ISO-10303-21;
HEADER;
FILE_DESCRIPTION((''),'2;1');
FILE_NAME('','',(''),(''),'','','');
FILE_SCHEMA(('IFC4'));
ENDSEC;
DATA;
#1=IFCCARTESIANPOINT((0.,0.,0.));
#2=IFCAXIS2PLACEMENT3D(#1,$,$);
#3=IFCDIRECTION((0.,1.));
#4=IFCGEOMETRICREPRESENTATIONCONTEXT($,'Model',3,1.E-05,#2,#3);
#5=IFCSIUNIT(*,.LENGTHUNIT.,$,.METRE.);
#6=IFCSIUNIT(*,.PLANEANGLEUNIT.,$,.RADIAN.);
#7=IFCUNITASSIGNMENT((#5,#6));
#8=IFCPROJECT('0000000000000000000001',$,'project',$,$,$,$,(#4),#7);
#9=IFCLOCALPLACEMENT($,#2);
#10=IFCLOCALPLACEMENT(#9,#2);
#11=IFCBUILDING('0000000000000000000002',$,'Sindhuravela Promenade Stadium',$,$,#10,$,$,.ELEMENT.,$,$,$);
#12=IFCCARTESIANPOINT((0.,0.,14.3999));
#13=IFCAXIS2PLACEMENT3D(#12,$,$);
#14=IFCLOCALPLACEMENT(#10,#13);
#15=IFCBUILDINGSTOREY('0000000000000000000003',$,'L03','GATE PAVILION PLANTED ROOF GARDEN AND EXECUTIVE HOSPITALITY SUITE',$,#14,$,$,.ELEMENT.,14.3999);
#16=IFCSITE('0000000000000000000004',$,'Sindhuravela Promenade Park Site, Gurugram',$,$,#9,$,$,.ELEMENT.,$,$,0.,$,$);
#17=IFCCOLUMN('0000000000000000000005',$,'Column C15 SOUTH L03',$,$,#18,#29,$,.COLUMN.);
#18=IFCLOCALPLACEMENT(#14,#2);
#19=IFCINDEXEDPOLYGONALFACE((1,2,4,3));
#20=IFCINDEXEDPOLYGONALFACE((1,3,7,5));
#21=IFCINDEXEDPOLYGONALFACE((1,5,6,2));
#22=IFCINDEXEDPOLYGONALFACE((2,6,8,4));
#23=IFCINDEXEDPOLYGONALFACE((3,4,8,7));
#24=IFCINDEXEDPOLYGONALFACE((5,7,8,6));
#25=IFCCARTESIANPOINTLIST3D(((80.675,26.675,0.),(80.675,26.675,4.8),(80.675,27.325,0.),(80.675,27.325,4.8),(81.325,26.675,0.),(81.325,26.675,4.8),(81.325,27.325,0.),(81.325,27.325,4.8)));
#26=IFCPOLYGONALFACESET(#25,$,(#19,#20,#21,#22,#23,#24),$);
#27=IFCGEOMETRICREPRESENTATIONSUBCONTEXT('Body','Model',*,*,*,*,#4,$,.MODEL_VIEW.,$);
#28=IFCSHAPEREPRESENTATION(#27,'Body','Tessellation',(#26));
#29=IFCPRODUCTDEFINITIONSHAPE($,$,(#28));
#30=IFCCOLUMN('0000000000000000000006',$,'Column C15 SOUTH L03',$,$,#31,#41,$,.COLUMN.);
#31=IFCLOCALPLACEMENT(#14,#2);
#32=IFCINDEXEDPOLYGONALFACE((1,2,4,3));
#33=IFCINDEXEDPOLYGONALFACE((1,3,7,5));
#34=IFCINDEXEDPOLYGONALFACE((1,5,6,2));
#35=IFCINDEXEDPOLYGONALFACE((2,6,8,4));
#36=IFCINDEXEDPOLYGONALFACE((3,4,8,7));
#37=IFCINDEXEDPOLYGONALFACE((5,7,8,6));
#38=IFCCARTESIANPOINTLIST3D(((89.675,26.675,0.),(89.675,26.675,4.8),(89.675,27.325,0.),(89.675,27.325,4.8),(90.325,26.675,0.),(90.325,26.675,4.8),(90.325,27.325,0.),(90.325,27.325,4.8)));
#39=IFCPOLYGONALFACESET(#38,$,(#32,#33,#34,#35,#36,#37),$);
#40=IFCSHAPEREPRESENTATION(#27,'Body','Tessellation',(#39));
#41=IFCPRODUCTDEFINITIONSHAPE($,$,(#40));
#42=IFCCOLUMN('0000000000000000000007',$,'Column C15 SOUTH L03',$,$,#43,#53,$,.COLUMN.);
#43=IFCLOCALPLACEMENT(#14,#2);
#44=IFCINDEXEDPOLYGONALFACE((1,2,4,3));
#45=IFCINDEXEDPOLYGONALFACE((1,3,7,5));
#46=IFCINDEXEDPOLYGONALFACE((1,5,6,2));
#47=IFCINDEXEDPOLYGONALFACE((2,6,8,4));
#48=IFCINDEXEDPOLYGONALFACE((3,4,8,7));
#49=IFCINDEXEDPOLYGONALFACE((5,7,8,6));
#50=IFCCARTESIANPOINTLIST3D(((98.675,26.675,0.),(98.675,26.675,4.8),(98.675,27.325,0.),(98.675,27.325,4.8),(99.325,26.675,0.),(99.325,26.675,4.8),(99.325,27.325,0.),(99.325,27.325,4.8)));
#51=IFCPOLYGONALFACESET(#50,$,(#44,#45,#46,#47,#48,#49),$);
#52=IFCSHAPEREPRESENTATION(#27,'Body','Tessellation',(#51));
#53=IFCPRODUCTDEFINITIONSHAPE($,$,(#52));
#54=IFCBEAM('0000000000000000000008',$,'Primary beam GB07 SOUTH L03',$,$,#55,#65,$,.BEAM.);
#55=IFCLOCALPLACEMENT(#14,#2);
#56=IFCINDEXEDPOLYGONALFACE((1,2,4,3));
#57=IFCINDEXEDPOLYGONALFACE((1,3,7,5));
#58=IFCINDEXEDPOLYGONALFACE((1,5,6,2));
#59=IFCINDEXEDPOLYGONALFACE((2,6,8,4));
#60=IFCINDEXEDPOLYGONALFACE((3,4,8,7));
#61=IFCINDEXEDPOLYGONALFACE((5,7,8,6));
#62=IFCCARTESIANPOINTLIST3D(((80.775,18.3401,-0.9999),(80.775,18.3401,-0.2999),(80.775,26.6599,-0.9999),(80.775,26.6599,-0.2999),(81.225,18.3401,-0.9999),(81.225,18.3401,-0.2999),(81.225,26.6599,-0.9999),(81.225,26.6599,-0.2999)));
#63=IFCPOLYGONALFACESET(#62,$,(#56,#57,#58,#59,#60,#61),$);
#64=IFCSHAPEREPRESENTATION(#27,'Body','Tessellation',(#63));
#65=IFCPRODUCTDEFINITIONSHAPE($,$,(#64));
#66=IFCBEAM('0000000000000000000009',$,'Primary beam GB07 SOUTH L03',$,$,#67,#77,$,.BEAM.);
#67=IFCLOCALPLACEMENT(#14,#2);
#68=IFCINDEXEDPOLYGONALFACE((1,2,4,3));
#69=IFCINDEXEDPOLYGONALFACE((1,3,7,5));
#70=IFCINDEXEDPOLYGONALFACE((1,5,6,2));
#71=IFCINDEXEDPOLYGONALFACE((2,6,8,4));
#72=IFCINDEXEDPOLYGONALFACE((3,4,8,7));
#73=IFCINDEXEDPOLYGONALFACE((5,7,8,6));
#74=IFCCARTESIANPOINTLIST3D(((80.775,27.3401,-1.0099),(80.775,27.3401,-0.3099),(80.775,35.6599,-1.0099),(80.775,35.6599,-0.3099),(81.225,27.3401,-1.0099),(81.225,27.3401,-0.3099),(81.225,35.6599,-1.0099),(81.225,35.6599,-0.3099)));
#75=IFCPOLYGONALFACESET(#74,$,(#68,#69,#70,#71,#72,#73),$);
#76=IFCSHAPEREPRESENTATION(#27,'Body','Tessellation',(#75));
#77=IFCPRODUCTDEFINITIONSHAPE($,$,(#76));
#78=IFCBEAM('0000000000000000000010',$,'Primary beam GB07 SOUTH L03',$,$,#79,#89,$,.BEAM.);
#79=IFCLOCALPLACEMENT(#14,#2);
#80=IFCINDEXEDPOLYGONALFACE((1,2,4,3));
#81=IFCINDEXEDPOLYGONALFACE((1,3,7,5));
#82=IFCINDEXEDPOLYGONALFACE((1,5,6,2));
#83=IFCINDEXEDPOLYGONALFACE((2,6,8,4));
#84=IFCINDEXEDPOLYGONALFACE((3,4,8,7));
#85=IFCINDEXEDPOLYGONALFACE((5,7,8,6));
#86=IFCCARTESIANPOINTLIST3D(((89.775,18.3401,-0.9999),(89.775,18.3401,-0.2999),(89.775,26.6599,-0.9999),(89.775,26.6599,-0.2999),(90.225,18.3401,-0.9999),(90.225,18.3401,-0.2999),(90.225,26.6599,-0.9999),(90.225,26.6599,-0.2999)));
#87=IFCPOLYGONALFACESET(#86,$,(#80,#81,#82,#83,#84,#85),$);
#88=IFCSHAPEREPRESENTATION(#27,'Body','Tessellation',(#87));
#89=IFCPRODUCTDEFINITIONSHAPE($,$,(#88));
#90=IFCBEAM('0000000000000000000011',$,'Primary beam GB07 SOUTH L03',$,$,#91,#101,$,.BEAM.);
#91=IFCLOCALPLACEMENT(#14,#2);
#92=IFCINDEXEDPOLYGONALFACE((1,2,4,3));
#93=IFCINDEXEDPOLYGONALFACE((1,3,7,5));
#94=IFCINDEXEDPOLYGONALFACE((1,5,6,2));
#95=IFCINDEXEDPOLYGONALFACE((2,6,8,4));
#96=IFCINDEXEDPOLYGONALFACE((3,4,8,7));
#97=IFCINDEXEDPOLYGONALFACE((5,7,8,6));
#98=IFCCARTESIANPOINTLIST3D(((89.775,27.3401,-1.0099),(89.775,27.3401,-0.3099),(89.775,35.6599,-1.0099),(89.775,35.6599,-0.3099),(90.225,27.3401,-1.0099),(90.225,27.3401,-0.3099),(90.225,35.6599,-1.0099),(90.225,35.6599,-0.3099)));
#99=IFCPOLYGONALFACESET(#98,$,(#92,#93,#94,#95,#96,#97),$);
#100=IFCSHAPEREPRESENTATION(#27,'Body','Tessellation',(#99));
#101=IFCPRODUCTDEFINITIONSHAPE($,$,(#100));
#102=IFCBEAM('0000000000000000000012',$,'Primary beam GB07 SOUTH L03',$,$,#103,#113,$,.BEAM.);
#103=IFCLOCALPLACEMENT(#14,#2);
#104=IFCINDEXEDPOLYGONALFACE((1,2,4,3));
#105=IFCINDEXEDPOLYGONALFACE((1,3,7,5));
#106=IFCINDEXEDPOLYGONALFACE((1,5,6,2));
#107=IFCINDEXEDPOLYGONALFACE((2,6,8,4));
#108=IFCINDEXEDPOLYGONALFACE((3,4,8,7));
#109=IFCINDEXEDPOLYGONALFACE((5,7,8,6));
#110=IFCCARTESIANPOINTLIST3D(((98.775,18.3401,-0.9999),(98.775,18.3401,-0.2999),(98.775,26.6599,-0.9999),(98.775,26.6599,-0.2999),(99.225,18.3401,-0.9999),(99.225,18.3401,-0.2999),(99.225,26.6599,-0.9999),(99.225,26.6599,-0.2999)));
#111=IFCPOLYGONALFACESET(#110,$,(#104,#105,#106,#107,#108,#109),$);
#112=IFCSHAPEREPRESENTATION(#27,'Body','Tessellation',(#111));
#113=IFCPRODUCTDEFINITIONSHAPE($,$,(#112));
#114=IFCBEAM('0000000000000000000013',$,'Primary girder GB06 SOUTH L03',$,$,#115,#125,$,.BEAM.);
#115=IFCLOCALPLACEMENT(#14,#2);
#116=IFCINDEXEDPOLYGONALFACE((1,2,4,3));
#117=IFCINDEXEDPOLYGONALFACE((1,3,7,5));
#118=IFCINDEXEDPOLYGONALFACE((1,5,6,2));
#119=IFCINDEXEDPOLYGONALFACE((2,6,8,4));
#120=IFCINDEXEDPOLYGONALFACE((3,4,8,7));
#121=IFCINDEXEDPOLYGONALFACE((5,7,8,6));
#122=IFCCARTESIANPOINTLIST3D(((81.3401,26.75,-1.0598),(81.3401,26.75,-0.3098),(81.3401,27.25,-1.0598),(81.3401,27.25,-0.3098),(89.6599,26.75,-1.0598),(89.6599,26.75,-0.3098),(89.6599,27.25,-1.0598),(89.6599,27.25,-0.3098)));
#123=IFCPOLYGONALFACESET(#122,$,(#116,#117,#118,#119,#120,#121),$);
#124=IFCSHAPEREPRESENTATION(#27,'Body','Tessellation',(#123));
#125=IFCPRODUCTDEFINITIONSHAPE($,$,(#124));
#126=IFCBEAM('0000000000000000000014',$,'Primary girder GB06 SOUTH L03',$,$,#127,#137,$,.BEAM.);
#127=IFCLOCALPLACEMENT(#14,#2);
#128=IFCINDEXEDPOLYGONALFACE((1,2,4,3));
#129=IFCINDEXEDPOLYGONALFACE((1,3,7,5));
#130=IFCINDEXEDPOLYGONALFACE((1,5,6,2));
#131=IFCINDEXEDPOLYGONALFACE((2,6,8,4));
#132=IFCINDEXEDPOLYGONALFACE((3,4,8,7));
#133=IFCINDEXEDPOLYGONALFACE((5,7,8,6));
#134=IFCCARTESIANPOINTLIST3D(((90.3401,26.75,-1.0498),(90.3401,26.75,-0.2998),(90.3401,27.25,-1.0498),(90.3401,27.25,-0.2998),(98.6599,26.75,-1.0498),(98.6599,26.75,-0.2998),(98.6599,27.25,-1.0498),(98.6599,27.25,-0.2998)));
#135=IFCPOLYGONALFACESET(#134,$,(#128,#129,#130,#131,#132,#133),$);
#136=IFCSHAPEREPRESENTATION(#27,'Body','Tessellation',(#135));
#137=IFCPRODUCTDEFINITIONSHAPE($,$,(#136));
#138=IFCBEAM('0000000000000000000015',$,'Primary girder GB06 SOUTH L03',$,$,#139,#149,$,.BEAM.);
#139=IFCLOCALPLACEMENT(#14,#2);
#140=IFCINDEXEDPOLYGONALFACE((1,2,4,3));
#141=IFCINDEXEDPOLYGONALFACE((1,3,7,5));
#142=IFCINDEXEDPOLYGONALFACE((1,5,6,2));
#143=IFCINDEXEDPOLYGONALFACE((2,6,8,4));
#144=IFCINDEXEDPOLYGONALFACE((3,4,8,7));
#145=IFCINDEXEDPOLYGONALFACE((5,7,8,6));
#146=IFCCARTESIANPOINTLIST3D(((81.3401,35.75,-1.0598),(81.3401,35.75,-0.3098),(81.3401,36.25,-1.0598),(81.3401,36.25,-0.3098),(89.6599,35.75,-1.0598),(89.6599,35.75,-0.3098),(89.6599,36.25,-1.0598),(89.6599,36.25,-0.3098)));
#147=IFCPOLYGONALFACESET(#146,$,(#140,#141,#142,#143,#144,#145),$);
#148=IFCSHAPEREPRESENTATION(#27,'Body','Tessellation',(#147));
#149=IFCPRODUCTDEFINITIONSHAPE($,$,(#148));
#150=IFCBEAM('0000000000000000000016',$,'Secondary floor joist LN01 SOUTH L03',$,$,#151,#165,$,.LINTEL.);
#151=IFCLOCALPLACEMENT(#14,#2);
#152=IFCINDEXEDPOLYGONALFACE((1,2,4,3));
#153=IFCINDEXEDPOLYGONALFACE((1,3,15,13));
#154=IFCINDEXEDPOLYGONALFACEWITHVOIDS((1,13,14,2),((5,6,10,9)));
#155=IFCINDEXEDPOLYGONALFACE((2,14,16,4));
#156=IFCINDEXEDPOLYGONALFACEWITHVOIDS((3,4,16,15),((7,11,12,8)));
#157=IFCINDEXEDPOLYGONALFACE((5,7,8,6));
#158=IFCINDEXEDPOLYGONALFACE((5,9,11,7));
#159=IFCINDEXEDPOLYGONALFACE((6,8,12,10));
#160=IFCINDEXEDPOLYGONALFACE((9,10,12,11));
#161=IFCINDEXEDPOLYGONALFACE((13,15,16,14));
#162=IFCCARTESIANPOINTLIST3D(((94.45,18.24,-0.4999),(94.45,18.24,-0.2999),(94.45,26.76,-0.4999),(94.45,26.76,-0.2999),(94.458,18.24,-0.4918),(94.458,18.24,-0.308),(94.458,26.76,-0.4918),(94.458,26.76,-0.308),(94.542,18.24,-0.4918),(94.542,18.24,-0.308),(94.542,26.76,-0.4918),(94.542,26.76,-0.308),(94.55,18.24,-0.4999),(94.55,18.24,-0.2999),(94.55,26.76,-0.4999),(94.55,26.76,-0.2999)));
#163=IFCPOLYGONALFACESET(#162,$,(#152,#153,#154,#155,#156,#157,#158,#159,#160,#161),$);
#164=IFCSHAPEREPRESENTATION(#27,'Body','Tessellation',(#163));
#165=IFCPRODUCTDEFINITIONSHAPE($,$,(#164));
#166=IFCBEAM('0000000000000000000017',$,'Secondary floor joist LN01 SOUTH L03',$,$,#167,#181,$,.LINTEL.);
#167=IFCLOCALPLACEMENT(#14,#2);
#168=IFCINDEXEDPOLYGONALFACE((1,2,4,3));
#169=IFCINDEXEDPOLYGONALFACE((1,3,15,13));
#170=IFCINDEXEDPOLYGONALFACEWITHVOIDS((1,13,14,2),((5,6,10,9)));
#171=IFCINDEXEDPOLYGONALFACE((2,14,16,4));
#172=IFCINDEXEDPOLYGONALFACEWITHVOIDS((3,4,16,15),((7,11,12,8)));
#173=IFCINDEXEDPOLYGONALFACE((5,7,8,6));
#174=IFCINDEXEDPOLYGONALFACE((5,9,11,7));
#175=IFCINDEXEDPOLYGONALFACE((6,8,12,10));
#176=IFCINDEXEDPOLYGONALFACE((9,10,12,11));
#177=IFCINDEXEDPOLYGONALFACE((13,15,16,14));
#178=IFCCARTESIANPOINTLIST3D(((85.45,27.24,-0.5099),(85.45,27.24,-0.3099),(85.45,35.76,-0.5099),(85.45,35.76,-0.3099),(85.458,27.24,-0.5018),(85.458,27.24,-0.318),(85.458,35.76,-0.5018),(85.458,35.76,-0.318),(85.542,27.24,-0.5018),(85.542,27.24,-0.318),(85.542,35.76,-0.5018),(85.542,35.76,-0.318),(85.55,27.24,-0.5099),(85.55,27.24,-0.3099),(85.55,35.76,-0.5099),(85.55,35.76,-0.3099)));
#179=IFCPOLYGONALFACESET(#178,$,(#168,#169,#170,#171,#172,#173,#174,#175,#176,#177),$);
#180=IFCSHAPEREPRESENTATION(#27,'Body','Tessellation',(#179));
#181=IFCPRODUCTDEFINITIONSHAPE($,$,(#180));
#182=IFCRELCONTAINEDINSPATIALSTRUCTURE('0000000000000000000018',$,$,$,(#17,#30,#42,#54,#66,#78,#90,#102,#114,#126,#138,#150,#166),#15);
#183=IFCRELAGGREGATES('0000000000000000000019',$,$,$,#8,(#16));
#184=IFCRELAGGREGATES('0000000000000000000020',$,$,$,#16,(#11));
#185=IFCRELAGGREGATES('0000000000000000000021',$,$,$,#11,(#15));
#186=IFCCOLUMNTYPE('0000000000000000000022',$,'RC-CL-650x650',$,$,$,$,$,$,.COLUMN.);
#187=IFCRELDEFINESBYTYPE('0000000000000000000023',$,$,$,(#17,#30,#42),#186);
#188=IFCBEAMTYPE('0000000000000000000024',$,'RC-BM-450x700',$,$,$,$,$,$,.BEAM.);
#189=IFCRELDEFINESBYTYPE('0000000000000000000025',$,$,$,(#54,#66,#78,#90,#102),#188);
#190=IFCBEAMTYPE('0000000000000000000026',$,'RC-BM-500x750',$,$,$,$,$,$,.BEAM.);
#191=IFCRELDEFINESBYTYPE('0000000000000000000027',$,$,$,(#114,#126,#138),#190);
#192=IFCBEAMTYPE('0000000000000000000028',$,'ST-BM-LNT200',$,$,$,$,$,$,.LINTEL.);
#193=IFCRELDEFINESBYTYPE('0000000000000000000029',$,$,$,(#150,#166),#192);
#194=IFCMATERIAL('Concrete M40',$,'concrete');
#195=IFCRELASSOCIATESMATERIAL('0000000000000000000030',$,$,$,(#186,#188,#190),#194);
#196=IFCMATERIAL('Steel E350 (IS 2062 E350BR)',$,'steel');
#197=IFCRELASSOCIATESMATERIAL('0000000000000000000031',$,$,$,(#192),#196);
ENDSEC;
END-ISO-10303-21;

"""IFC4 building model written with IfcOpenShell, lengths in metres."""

from ifc_helpers import new_model, si_unit, direction, frame, origin, origin_2d, place, context, subcontext, project, spatial, rectangle, hollow_rectangle, extrude, material, material_profile, profile_set, type_object, element, save


model = new_model("IFC4")

# Units and contexts
model_context = context("Model", 3, precision=1e-05, world=origin(), true_north=direction((0.0, 1.0)))
body_context = subcontext(model_context, "Body", "Model", "MODEL_VIEW")
ifc_project = project(units=[si_unit("LENGTHUNIT", "METRE"), si_unit("PLANEANGLEUNIT", "RADIAN")], contexts=[model_context])

# Site, building, storey
site_placement = place(None, origin())
site = spatial("IfcSite", under=ifc_project, at=site_placement, Name="Sindhuravela Promenade Park Site, Gurugram", CompositionType="ELEMENT", RefElevation=0.0)
building_placement = place(site_placement, origin())
building = spatial("IfcBuilding", under=site, at=building_placement, Name="Sindhuravela Promenade Stadium", CompositionType="ELEMENT")
storey_placement = place(building_placement, frame((0.0, 0.0, 14.3999)))
storey = spatial("IfcBuildingStorey", under=building, at=storey_placement, Name="L03", Description="GATE PAVILION PLANTED ROOF GARDEN AND EXECUTIVE HOSPITALITY SUITE", CompositionType="ELEMENT", Elevation=14.3999)

# Columns
ifc_material_1 = material(Name="Concrete M40", Category="concrete")
ifc_material_profile_1 = material_profile(ifc_material_1, rectangle(XDim=0.6499, YDim=0.6499, at=origin_2d()), Name="RC 650x650")
ifc_profile_set_1 = profile_set([ifc_material_profile_1], Name="Concrete M40")
column_type = type_object("IfcColumnType", Name="RC-CL-650x650", PredefinedType="COLUMN", material=ifc_profile_set_1)
for number, where, z_axis, x_axis, name in (
    (1, (81.0, 27.0, 0.0), (0.0, 0.0, 1.0), (1.0, 0.0, 0.0), "Column C15 SOUTH L03"),
    (2, (90.0, 27.0, 0.0), (0.0, 0.0, 1.0), (1.0, 0.0, 0.0), "Column C15 SOUTH L03"),
    (3, (99.0, 27.0, 0.0), (0.0, 0.0, 1.0), (1.0, 0.0, 0.0), "Column C15 SOUTH L03"),
):
    element("IfcColumn", number, at=place(storey_placement, frame(where, z_axis=z_axis, x_axis=x_axis)), inside=storey, type_object=column_type, Name=name, PredefinedType="COLUMN", context=body_context, shape_type="SweptSolid", body=[
        extrude(rectangle(XDim=0.6499, YDim=0.6499, at=origin_2d()), origin(), (0.0, 0.0, 1.0), 4.8),
    ])

# Beams
ifc_material_profile_2 = material_profile(ifc_material_1, rectangle(XDim=0.45, YDim=0.7, at=origin_2d()), Name="RC 450x700")
ifc_profile_set_2 = profile_set([ifc_material_profile_2], Name="Concrete M40")
beam_type_1 = type_object("IfcBeamType", Name="RC-BM-450x700", PredefinedType="BEAM", material=ifc_profile_set_2)
for number, where, z_axis, x_axis, name in (
    (4, (81.0, 18.3401, -0.6499), (0.0, 1.0, 0.0), (-1.0, 0.0, 0.0), "Primary beam GB07 SOUTH L03"),
    (5, (81.0, 27.3401, -0.6599), (0.0, 1.0, 0.0), (-1.0, 0.0, 0.0), "Primary beam GB07 SOUTH L03"),
    (6, (90.0, 18.3401, -0.6499), (0.0, 1.0, 0.0), (-1.0, 0.0, 0.0), "Primary beam GB07 SOUTH L03"),
    (7, (90.0, 27.3401, -0.6599), (0.0, 1.0, 0.0), (-1.0, 0.0, 0.0), "Primary beam GB07 SOUTH L03"),
    (8, (99.0, 18.3401, -0.6499), (0.0, 1.0, 0.0), (-1.0, 0.0, 0.0), "Primary beam GB07 SOUTH L03"),
):
    element("IfcBeam", number, at=place(storey_placement, frame(where, z_axis=z_axis, x_axis=x_axis)), inside=storey, type_object=beam_type_1, Name=name, PredefinedType="BEAM", context=body_context, shape_type="SweptSolid", body=[
        extrude(rectangle(XDim=0.45, YDim=0.7, at=origin_2d()), origin(), (0.0, 0.0, 1.0), 8.3198),
    ])
ifc_material_profile_3 = material_profile(ifc_material_1, rectangle(XDim=0.5, YDim=0.75, at=origin_2d()), Name="RC 500x750")
ifc_profile_set_3 = profile_set([ifc_material_profile_3], Name="Concrete M40")
beam_type_2 = type_object("IfcBeamType", Name="RC-BM-500x750", PredefinedType="BEAM", material=ifc_profile_set_3)
for number, where, z_axis, x_axis, name in (
    (9, (81.3401, 27.0, -0.6848), (1.0, 0.0, 0.0), (0.0, 1.0, 0.0), "Primary girder GB06 SOUTH L03"),
    (10, (90.3401, 27.0, -0.6748), (1.0, 0.0, 0.0), (0.0, 1.0, 0.0), "Primary girder GB06 SOUTH L03"),
    (11, (81.3401, 36.0, -0.6848), (1.0, 0.0, 0.0), (0.0, 1.0, 0.0), "Primary girder GB06 SOUTH L03"),
):
    element("IfcBeam", number, at=place(storey_placement, frame(where, z_axis=z_axis, x_axis=x_axis)), inside=storey, type_object=beam_type_2, Name=name, PredefinedType="BEAM", context=body_context, shape_type="SweptSolid", body=[
        extrude(rectangle(XDim=0.5, YDim=0.75, at=origin_2d()), origin(), (0.0, 0.0, 1.0), 8.3198),
    ])
ifc_material_2 = material(Name="Steel E350 (IS 2062 E350BR)", Category="steel")
ifc_material_profile_4 = material_profile(ifc_material_2, hollow_rectangle(XDim=0.1001, YDim=0.2, WallThickness=0.0081, at=origin_2d()), Name="RHS 200x100x8")
ifc_profile_set_4 = profile_set([ifc_material_profile_4], Name="Steel E350 (IS 2062 E350BR)")
beam_type_3 = type_object("IfcBeamType", Name="ST-BM-LNT200", PredefinedType="LINTEL", material=ifc_profile_set_4)
for number, where, z_axis, x_axis, name in (
    (12, (94.5, 18.24, -0.3999), (0.0, 1.0, 0.0), (-1.0, 0.0, 0.0), "Secondary floor joist LN01 SOUTH L03"),
    (13, (85.5, 27.24, -0.4099), (0.0, 1.0, 0.0), (-1.0, 0.0, 0.0), "Secondary floor joist LN01 SOUTH L03"),
):
    element("IfcBeam", number, at=place(storey_placement, frame(where, z_axis=z_axis, x_axis=x_axis)), inside=storey, type_object=beam_type_3, Name=name, PredefinedType="LINTEL", context=body_context, shape_type="SweptSolid", body=[
        extrude(hollow_rectangle(XDim=0.1001, YDim=0.2, WallThickness=0.0081, at=origin_2d()), origin(), (0.0, 0.0, 1.0), 8.52),
    ])

save(model, "model.ifc")
